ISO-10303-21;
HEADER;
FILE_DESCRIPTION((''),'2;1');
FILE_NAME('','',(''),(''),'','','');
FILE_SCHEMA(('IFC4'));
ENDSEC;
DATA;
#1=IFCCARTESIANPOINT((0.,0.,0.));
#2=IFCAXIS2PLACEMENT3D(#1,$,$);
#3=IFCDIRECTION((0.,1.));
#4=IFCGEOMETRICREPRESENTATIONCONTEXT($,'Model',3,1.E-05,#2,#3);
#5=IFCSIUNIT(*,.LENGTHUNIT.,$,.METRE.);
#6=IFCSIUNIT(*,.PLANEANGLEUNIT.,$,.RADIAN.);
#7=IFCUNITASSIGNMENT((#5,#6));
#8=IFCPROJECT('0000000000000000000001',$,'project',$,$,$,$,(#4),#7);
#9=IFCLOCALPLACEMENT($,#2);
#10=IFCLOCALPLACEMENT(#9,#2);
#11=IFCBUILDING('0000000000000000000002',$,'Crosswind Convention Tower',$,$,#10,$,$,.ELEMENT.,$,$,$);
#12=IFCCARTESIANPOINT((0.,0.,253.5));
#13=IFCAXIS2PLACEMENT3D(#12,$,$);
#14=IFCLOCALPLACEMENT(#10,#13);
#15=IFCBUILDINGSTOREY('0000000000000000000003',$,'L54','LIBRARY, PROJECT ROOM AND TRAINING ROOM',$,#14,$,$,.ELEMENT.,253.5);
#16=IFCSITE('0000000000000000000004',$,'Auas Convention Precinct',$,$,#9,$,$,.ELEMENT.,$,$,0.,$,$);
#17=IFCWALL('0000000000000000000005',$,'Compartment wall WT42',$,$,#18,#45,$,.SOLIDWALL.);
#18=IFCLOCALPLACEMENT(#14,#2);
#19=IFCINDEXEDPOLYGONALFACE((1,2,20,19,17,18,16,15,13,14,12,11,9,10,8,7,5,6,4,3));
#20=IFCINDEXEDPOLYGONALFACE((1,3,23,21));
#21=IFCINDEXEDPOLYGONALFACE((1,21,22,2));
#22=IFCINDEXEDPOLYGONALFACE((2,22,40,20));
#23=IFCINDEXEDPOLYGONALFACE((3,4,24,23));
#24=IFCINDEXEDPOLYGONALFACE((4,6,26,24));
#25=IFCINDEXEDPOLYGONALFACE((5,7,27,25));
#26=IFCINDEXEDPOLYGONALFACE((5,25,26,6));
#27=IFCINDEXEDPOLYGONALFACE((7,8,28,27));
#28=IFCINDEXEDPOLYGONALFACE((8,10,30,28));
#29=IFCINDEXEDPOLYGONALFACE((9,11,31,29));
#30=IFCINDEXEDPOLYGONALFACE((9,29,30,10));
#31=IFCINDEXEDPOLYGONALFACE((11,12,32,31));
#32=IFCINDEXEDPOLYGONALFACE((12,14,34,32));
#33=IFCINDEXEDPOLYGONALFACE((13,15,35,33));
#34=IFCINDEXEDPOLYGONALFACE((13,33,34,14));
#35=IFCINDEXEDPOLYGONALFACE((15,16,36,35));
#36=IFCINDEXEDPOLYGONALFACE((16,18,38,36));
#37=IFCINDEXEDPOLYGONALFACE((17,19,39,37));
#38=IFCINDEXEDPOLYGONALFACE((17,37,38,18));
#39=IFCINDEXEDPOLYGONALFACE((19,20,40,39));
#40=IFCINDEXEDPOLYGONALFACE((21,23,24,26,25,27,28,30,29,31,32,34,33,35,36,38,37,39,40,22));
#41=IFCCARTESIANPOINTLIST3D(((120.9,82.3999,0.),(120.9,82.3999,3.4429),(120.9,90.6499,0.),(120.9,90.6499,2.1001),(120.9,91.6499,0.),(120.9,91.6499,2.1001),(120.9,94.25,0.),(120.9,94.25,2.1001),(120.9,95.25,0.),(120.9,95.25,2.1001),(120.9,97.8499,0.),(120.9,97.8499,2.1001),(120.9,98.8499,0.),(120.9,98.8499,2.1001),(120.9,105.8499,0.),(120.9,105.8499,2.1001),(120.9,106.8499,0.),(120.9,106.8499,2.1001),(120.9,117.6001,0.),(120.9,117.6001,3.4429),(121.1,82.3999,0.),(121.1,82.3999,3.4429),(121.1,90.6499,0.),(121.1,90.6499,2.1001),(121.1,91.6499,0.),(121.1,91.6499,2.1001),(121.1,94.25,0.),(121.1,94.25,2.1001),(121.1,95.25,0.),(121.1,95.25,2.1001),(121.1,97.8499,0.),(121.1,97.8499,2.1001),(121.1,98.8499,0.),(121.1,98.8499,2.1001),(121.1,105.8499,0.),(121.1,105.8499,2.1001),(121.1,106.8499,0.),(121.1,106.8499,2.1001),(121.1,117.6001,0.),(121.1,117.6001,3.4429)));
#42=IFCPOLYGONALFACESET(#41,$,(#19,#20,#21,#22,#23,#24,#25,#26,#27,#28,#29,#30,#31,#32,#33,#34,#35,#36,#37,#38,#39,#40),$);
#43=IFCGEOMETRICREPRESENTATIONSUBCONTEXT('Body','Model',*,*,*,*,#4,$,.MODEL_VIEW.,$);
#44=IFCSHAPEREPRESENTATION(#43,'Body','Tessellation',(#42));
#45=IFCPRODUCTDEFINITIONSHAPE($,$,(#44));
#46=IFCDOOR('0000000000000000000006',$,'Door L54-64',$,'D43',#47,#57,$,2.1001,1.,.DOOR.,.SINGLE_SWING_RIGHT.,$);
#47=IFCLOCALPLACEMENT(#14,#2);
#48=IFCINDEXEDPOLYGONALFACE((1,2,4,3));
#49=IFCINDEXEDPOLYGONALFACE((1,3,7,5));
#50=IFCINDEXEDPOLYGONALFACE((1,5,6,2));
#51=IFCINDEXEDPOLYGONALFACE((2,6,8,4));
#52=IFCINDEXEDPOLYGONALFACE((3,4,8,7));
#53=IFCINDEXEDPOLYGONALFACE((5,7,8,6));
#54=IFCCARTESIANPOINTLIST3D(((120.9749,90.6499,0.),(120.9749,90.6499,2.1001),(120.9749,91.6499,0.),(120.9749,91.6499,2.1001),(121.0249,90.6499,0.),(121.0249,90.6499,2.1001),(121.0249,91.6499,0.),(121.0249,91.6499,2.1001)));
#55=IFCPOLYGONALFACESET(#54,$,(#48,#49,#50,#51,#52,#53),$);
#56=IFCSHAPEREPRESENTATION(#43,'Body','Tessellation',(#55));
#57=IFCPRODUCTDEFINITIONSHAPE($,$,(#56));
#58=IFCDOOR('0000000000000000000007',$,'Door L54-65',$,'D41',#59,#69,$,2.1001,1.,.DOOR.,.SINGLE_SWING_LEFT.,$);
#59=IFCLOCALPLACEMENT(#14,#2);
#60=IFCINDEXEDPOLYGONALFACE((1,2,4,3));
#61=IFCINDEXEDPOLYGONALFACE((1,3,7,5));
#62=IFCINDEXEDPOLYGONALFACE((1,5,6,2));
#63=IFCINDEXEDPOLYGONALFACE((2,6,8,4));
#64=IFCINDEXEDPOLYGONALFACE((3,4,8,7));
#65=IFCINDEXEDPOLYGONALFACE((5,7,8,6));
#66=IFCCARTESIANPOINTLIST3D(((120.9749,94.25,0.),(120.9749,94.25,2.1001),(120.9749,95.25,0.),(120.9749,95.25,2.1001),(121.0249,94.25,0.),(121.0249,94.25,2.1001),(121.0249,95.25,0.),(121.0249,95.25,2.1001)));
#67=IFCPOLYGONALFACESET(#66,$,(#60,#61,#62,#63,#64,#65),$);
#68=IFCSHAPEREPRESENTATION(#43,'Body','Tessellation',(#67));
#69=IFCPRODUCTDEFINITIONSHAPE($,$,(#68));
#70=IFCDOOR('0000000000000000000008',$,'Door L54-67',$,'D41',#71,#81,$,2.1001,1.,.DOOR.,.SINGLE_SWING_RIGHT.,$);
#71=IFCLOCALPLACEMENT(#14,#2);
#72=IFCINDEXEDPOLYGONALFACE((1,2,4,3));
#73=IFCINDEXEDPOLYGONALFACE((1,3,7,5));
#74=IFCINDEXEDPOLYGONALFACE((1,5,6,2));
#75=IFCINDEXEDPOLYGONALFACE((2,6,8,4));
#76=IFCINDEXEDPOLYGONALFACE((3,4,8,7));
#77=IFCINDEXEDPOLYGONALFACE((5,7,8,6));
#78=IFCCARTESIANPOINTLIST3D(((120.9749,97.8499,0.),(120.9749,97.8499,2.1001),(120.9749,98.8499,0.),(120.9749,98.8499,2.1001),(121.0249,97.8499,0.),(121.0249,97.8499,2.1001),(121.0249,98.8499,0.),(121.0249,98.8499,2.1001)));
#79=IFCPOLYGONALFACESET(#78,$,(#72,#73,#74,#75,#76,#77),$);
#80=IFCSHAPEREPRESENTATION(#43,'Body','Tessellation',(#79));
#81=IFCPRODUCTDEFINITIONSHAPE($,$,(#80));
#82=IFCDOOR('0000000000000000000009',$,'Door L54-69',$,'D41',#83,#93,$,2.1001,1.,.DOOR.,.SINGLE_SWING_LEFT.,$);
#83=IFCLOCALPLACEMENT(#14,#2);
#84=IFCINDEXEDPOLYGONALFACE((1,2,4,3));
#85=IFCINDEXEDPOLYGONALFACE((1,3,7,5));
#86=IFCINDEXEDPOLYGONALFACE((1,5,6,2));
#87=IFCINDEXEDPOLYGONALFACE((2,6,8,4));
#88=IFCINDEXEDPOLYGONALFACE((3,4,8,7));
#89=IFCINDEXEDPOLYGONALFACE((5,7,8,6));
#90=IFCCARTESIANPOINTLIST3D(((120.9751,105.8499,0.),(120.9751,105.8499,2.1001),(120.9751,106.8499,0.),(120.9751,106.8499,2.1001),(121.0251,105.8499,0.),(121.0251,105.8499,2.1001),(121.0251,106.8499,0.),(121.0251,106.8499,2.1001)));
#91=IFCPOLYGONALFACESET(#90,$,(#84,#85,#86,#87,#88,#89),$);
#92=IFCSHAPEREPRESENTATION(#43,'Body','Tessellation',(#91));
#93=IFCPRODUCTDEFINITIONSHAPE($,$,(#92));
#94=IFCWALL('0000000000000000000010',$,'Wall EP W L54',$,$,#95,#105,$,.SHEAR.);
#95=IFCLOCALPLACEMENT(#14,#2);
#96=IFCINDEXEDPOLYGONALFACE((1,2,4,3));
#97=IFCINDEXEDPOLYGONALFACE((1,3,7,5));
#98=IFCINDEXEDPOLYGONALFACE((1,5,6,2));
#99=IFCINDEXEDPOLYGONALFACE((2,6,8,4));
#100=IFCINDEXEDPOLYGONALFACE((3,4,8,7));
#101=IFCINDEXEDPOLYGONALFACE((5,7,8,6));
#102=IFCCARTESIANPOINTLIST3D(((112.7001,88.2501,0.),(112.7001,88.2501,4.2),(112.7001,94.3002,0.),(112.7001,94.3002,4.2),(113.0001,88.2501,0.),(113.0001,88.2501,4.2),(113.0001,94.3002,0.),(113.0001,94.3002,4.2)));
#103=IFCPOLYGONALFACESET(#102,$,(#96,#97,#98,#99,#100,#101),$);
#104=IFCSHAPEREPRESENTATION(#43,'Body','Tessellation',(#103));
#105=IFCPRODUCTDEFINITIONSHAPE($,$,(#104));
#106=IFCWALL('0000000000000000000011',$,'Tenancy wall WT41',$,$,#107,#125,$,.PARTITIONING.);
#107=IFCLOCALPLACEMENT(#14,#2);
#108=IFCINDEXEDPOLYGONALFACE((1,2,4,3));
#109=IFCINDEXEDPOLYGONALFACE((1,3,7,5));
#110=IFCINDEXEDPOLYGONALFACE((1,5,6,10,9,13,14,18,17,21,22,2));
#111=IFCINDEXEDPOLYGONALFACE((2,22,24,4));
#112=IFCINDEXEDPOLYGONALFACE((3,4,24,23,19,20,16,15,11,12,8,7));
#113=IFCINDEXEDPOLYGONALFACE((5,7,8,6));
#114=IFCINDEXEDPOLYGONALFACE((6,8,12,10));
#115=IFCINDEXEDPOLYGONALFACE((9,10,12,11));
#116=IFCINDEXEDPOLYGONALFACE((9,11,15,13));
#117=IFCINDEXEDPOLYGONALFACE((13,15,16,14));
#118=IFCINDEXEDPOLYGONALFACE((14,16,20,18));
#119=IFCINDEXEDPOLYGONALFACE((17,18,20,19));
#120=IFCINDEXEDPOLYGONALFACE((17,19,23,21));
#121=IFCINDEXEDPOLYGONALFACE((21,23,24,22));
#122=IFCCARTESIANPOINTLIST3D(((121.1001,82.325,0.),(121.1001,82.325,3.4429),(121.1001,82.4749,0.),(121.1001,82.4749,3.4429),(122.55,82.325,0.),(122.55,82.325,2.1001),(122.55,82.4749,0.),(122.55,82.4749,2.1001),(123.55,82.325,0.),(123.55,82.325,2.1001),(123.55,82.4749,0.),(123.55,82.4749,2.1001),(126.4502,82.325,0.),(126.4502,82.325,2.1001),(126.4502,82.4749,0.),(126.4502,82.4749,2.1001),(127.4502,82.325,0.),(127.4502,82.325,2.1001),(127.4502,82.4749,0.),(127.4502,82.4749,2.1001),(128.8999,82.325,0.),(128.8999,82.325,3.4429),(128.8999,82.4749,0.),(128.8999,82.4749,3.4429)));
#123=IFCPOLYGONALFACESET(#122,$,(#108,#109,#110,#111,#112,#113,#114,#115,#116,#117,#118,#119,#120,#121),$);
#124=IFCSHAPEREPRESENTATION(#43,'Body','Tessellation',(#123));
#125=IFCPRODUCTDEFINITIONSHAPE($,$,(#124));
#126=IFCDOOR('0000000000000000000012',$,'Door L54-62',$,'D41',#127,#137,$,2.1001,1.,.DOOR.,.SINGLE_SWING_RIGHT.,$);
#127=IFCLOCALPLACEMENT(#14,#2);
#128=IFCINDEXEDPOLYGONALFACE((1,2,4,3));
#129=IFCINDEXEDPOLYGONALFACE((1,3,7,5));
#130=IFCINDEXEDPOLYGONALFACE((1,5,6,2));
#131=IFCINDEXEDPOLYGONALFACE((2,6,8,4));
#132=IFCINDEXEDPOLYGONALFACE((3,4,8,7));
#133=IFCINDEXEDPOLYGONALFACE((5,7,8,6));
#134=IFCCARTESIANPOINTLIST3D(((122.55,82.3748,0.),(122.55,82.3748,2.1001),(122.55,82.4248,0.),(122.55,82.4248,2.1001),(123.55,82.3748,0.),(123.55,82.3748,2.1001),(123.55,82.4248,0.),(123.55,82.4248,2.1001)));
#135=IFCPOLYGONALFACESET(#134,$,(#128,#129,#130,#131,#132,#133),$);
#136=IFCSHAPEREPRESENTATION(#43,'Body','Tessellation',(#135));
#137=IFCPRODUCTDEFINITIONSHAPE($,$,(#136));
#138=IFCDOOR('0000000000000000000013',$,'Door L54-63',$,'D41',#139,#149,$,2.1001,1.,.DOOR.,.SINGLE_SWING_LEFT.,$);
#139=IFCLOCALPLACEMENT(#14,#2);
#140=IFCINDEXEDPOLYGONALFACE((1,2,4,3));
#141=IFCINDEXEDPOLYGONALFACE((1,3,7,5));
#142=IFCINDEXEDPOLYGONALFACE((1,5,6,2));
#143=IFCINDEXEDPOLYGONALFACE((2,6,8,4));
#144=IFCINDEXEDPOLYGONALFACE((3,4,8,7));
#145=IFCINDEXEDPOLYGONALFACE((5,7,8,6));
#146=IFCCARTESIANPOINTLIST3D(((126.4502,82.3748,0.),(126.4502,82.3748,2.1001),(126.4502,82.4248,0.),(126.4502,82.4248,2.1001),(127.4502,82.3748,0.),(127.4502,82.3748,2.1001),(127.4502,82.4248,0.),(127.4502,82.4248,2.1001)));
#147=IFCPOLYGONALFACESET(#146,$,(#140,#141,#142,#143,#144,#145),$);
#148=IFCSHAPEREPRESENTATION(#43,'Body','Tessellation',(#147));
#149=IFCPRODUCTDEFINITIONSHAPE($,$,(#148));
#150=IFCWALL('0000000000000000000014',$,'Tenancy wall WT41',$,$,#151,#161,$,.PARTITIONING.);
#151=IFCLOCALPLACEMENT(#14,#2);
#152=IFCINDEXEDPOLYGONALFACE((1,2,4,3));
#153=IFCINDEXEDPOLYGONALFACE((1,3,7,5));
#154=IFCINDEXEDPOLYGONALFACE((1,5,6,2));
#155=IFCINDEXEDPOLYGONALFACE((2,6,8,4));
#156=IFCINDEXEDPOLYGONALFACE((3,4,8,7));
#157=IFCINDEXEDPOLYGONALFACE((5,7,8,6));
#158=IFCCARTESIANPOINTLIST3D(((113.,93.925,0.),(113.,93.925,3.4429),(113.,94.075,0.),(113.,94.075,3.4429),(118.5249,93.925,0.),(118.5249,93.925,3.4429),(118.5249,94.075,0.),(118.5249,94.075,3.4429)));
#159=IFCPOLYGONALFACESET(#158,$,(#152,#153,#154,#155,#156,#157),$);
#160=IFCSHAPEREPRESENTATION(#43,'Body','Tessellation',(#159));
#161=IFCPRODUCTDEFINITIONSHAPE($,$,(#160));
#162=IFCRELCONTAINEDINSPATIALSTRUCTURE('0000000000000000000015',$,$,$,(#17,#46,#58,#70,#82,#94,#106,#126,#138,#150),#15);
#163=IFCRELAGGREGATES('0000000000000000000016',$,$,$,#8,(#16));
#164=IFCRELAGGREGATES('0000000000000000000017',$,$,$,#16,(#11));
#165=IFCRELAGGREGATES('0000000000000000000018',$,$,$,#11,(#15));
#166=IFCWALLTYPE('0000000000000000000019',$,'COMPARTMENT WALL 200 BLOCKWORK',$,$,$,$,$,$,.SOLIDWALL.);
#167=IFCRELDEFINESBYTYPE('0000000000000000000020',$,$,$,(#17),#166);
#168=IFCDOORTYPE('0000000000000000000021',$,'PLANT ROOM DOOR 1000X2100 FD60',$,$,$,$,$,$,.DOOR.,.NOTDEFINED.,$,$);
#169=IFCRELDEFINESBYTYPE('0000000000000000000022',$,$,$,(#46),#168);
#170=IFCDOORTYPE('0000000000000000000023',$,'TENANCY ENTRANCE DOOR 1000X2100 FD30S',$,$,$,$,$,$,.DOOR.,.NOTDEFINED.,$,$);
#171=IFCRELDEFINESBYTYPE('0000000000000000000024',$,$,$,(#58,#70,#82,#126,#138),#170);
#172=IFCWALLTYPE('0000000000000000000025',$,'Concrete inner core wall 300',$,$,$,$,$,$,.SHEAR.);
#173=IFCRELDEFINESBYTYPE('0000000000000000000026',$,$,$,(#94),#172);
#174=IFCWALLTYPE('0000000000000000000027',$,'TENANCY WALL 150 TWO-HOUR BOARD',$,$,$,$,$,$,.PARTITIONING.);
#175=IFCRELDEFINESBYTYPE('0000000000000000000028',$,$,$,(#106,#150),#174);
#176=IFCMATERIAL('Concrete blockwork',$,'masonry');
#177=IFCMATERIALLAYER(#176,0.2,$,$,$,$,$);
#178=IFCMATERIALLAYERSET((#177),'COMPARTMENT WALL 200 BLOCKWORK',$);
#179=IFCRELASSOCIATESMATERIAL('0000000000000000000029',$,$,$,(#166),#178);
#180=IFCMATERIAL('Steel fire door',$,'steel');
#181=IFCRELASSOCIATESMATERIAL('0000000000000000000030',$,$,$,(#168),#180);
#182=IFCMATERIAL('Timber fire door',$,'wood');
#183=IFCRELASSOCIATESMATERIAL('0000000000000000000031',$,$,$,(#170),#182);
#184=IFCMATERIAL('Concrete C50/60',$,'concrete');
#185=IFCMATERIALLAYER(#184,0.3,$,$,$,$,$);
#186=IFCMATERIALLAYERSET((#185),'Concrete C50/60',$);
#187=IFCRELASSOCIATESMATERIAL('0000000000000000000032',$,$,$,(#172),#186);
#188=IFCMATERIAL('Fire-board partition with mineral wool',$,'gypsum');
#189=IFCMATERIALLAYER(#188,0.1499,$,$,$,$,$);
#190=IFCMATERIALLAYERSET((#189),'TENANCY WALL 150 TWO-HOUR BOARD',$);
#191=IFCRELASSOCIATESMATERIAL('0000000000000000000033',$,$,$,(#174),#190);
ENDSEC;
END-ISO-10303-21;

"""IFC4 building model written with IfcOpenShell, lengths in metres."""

from ifc_helpers import new_model, si_unit, direction, frame, frame_2d, origin, place, context, subcontext, project, spatial, rectangle, extrude, material, layer, layer_set, type_object, element, fill, save


model = new_model("IFC4")

# Units and contexts
model_context = context("Model", 3, precision=1e-05, world=origin(), true_north=direction((0.0, 1.0)))
body_context = subcontext(model_context, "Body", "Model", "MODEL_VIEW")
ifc_project = project(units=[si_unit("LENGTHUNIT", "METRE"), si_unit("PLANEANGLEUNIT", "RADIAN")], contexts=[model_context])

# Site, building, storey
site_placement = place(None, origin())
site = spatial("IfcSite", under=ifc_project, at=site_placement, Name="Auas Convention Precinct", CompositionType="ELEMENT", RefElevation=0.0)
building_placement = place(site_placement, origin())
building = spatial("IfcBuilding", under=site, at=building_placement, Name="Crosswind Convention Tower", CompositionType="ELEMENT")
storey_placement = place(building_placement, frame((0.0, 0.0, 253.5)))
storey = spatial("IfcBuildingStorey", under=building, at=storey_placement, Name="L54", Description="LIBRARY, PROJECT ROOM AND TRAINING ROOM", CompositionType="ELEMENT", Elevation=253.5)

# Wall, openings, doors
ifc_material_1 = material(Name="Concrete blockwork", Category="masonry")
ifc_layer_1 = layer(ifc_material_1, 0.2)
ifc_layer_set_1 = layer_set([ifc_layer_1], Name="COMPARTMENT WALL 200 BLOCKWORK")
wall_type_1 = type_object("IfcWallType", Name="COMPARTMENT WALL 200 BLOCKWORK", PredefinedType="SOLIDWALL", material=ifc_layer_set_1)
wall_1_placement = place(storey_placement, frame((121.0, 82.3999, 0.0), z_axis=(0.0, 0.0, 1.0), x_axis=(0.0, 1.0, 0.0)))
wall_1 = element("IfcWall", 1, at=wall_1_placement, inside=storey, type_object=wall_type_1, Name="Compartment wall WT42", PredefinedType="SOLIDWALL", context=body_context, shape_type="SweptSolid", body=[
    extrude(rectangle(XDim=35.2002, YDim=0.2, at=frame_2d((17.6001, 0.0))), origin(), (0.0, 0.0, 1.0), 3.4429),
])
opening_1_placement = place(wall_1_placement, frame((8.25, 0.0, 0.0)))
opening_1 = element("IfcOpeningElement", 2, at=opening_1_placement, cuts=wall_1, PredefinedType="OPENING", context=body_context, shape_type="SweptSolid", body=[
    extrude(rectangle(XDim=1.0, YDim=2.1001, at=frame_2d((0.5, 1.05))), frame((0.0, 0.1099, 0.0), z_axis=(0.0, -1.0, 0.0), x_axis=(1.0, 0.0, 0.0)), (0.0, 0.0, 1.0), 0.22),
])
opening_2_placement = place(wall_1_placement, frame((11.8501, 0.0, 0.0)))
opening_2 = element("IfcOpeningElement", 3, at=opening_2_placement, cuts=wall_1, PredefinedType="OPENING", context=body_context, shape_type="SweptSolid", body=[
    extrude(rectangle(XDim=1.0, YDim=2.1001, at=frame_2d((0.5, 1.05))), frame((0.0, 0.1099, 0.0), z_axis=(0.0, -1.0, 0.0), x_axis=(1.0, 0.0, 0.0)), (0.0, 0.0, 1.0), 0.22),
])
opening_3_placement = place(wall_1_placement, frame((15.45, 0.0, 0.0)))
opening_3 = element("IfcOpeningElement", 4, at=opening_3_placement, cuts=wall_1, PredefinedType="OPENING", context=body_context, shape_type="SweptSolid", body=[
    extrude(rectangle(XDim=1.0, YDim=2.1001, at=frame_2d((0.5, 1.05))), frame((0.0, 0.1099, 0.0), z_axis=(0.0, -1.0, 0.0), x_axis=(1.0, 0.0, 0.0)), (0.0, 0.0, 1.0), 0.22),
])
opening_4_placement = place(wall_1_placement, frame((23.45, 0.0, 0.0)))
opening_4 = element("IfcOpeningElement", 5, at=opening_4_placement, cuts=wall_1, PredefinedType="OPENING", context=body_context, shape_type="SweptSolid", body=[
    extrude(rectangle(XDim=1.0, YDim=2.1001, at=frame_2d((0.5, 1.05))), frame((0.0, 0.1099, 0.0), z_axis=(0.0, -1.0, 0.0), x_axis=(1.0, 0.0, 0.0)), (0.0, 0.0, 1.0), 0.22),
])
ifc_material_2 = material(Name="Steel fire door", Category="steel")
door_type_1 = type_object("IfcDoorType", Name="PLANT ROOM DOOR 1000X2100 FD60", OperationType="NOTDEFINED", PredefinedType="DOOR", material=ifc_material_2)
door_1_placement = place(opening_1_placement, frame((1.0, 0.0, 0.0), z_axis=(0.0, 0.0, 1.0), x_axis=(-1.0, 0.0, 0.0)))
door_1 = element("IfcDoor", 6, at=door_1_placement, inside=storey, type_object=door_type_1, Name="Door L54-64", ObjectType="D43", OperationType="SINGLE_SWING_RIGHT", OverallHeight=2.1001, OverallWidth=1.0, PredefinedType="DOOR", context=body_context, shape_type="SweptSolid", body=[
    extrude(rectangle(XDim=1.0, YDim=2.1001, at=frame_2d((0.5, 1.05))), frame((0.0, 0.0249, 0.0), z_axis=(0.0, -1.0, 0.0), x_axis=(1.0, 0.0, 0.0)), (0.0, 0.0, 1.0), 0.05),
])
fill(opening_1, door_1)
ifc_material_3 = material(Name="Timber fire door", Category="wood")
door_type_2 = type_object("IfcDoorType", Name="TENANCY ENTRANCE DOOR 1000X2100 FD30S", OperationType="NOTDEFINED", PredefinedType="DOOR", material=ifc_material_3)
door_2_placement = place(opening_2_placement, frame((1.0, 0.0, 0.0), z_axis=(0.0, 0.0, 1.0), x_axis=(-1.0, 0.0, 0.0)))
door_2 = element("IfcDoor", 7, at=door_2_placement, inside=storey, type_object=door_type_2, Name="Door L54-65", ObjectType="D41", OperationType="SINGLE_SWING_LEFT", OverallHeight=2.1001, OverallWidth=1.0, PredefinedType="DOOR", context=body_context, shape_type="SweptSolid", body=[
    extrude(rectangle(XDim=1.0, YDim=2.1001, at=frame_2d((0.5, 1.05))), frame((0.0, 0.0249, 0.0), z_axis=(0.0, -1.0, 0.0), x_axis=(1.0, 0.0, 0.0)), (0.0, 0.0, 1.0), 0.05),
])
fill(opening_2, door_2)
door_3_placement = place(opening_3_placement, frame((1.0, 0.0, 0.0), z_axis=(0.0, 0.0, 1.0), x_axis=(-1.0, 0.0, 0.0)))
door_3 = element("IfcDoor", 8, at=door_3_placement, inside=storey, type_object=door_type_2, Name="Door L54-67", ObjectType="D41", OperationType="SINGLE_SWING_RIGHT", OverallHeight=2.1001, OverallWidth=1.0, PredefinedType="DOOR", context=body_context, shape_type="SweptSolid", body=[
    extrude(rectangle(XDim=1.0, YDim=2.1001, at=frame_2d((0.5, 1.05))), frame((0.0, 0.0249, 0.0), z_axis=(0.0, -1.0, 0.0), x_axis=(1.0, 0.0, 0.0)), (0.0, 0.0, 1.0), 0.05),
])
fill(opening_3, door_3)
door_4_placement = place(opening_4_placement, origin())
door_4 = element("IfcDoor", 9, at=door_4_placement, inside=storey, type_object=door_type_2, Name="Door L54-69", ObjectType="D41", OperationType="SINGLE_SWING_LEFT", OverallHeight=2.1001, OverallWidth=1.0, PredefinedType="DOOR", context=body_context, shape_type="SweptSolid", body=[
    extrude(rectangle(XDim=1.0, YDim=2.1001, at=frame_2d((0.5, 1.05))), frame((0.0, 0.0249, 0.0), z_axis=(0.0, -1.0, 0.0), x_axis=(1.0, 0.0, 0.0)), (0.0, 0.0, 1.0), 0.05),
])
fill(opening_4, door_4)

# Wall
ifc_material_4 = material(Name="Concrete C50/60", Category="concrete")
ifc_layer_2 = layer(ifc_material_4, 0.3)
ifc_layer_set_2 = layer_set([ifc_layer_2], Name="Concrete C50/60")
wall_type_2 = type_object("IfcWallType", Name="Concrete inner core wall 300", PredefinedType="SHEAR", material=ifc_layer_set_2)
wall_2_placement = place(storey_placement, frame((112.8501, 94.3, 0.0), z_axis=(0.0, 0.0, 1.0), x_axis=(0.0, -1.0, 0.0)))
element("IfcWall", 10, at=wall_2_placement, inside=storey, type_object=wall_type_2, Name="Wall EP W L54", PredefinedType="SHEAR", context=body_context, shape_type="SweptSolid", body=[
    extrude(rectangle(XDim=6.05, YDim=0.3, at=frame_2d((3.0249, 0.0))), origin(), (0.0, 0.0, 1.0), 4.2),
])

# Wall, openings, doors
ifc_material_5 = material(Name="Fire-board partition with mineral wool", Category="gypsum")
ifc_layer_3 = layer(ifc_material_5, 0.1499)
ifc_layer_set_3 = layer_set([ifc_layer_3], Name="TENANCY WALL 150 TWO-HOUR BOARD")
wall_type_3 = type_object("IfcWallType", Name="TENANCY WALL 150 TWO-HOUR BOARD", PredefinedType="PARTITIONING", material=ifc_layer_set_3)
wall_3_placement = place(storey_placement, frame((121.1001, 82.3999, 0.0), z_axis=(0.0, 0.0, 1.0), x_axis=(1.0, 0.0, 0.0)))
wall_3 = element("IfcWall", 11, at=wall_3_placement, inside=storey, type_object=wall_type_3, Name="Tenancy wall WT41", PredefinedType="PARTITIONING", context=body_context, shape_type="SweptSolid", body=[
    extrude(rectangle(XDim=7.7998, YDim=0.1499, at=frame_2d((3.8999, 0.0))), origin(), (0.0, 0.0, 1.0), 3.4429),
])
opening_5_placement = place(wall_3_placement, frame((1.45, 0.0, 0.0)))
opening_5 = element("IfcOpeningElement", 12, at=opening_5_placement, cuts=wall_3, PredefinedType="OPENING", context=body_context, shape_type="SweptSolid", body=[
    extrude(rectangle(XDim=1.0, YDim=2.1001, at=frame_2d((0.5, 1.05))), frame((0.0, 0.085, 0.0), z_axis=(0.0, -1.0, 0.0), x_axis=(1.0, 0.0, 0.0)), (0.0, 0.0, 1.0), 0.1699),
])
opening_6_placement = place(wall_3_placement, frame((5.3501, 0.0, 0.0)))
opening_6 = element("IfcOpeningElement", 13, at=opening_6_placement, cuts=wall_3, PredefinedType="OPENING", context=body_context, shape_type="SweptSolid", body=[
    extrude(rectangle(XDim=1.0, YDim=2.1001, at=frame_2d((0.5, 1.05))), frame((0.0, 0.085, 0.0), z_axis=(0.0, -1.0, 0.0), x_axis=(1.0, 0.0, 0.0)), (0.0, 0.0, 1.0), 0.1699),
])
door_5_placement = place(opening_5_placement, origin())
door_5 = element("IfcDoor", 14, at=door_5_placement, inside=storey, type_object=door_type_2, Name="Door L54-62", ObjectType="D41", OperationType="SINGLE_SWING_RIGHT", OverallHeight=2.1001, OverallWidth=1.0, PredefinedType="DOOR", context=body_context, shape_type="SweptSolid", body=[
    extrude(rectangle(XDim=1.0, YDim=2.1001, at=frame_2d((0.5, 1.05))), frame((0.0, 0.0249, 0.0), z_axis=(0.0, -1.0, 0.0), x_axis=(1.0, 0.0, 0.0)), (0.0, 0.0, 1.0), 0.05),
])
fill(opening_5, door_5)
door_6_placement = place(opening_6_placement, origin())
door_6 = element("IfcDoor", 15, at=door_6_placement, inside=storey, type_object=door_type_2, Name="Door L54-63", ObjectType="D41", OperationType="SINGLE_SWING_LEFT", OverallHeight=2.1001, OverallWidth=1.0, PredefinedType="DOOR", context=body_context, shape_type="SweptSolid", body=[
    extrude(rectangle(XDim=1.0, YDim=2.1001, at=frame_2d((0.5, 1.05))), frame((0.0, 0.0249, 0.0), z_axis=(0.0, -1.0, 0.0), x_axis=(1.0, 0.0, 0.0)), (0.0, 0.0, 1.0), 0.05),
])
fill(opening_6, door_6)

# Wall
wall_4_placement = place(storey_placement, frame((113.0, 94.0, 0.0), z_axis=(0.0, 0.0, 1.0), x_axis=(1.0, 0.0, 0.0)))
element("IfcWall", 16, at=wall_4_placement, inside=storey, type_object=wall_type_3, Name="Tenancy wall WT41", PredefinedType="PARTITIONING", context=body_context, shape_type="SweptSolid", body=[
    extrude(rectangle(XDim=5.5249, YDim=0.1499, at=frame_2d((2.7625, 0.0))), origin(), (0.0, 0.0, 1.0), 3.4429),
])

save(model, "model.ifc")
